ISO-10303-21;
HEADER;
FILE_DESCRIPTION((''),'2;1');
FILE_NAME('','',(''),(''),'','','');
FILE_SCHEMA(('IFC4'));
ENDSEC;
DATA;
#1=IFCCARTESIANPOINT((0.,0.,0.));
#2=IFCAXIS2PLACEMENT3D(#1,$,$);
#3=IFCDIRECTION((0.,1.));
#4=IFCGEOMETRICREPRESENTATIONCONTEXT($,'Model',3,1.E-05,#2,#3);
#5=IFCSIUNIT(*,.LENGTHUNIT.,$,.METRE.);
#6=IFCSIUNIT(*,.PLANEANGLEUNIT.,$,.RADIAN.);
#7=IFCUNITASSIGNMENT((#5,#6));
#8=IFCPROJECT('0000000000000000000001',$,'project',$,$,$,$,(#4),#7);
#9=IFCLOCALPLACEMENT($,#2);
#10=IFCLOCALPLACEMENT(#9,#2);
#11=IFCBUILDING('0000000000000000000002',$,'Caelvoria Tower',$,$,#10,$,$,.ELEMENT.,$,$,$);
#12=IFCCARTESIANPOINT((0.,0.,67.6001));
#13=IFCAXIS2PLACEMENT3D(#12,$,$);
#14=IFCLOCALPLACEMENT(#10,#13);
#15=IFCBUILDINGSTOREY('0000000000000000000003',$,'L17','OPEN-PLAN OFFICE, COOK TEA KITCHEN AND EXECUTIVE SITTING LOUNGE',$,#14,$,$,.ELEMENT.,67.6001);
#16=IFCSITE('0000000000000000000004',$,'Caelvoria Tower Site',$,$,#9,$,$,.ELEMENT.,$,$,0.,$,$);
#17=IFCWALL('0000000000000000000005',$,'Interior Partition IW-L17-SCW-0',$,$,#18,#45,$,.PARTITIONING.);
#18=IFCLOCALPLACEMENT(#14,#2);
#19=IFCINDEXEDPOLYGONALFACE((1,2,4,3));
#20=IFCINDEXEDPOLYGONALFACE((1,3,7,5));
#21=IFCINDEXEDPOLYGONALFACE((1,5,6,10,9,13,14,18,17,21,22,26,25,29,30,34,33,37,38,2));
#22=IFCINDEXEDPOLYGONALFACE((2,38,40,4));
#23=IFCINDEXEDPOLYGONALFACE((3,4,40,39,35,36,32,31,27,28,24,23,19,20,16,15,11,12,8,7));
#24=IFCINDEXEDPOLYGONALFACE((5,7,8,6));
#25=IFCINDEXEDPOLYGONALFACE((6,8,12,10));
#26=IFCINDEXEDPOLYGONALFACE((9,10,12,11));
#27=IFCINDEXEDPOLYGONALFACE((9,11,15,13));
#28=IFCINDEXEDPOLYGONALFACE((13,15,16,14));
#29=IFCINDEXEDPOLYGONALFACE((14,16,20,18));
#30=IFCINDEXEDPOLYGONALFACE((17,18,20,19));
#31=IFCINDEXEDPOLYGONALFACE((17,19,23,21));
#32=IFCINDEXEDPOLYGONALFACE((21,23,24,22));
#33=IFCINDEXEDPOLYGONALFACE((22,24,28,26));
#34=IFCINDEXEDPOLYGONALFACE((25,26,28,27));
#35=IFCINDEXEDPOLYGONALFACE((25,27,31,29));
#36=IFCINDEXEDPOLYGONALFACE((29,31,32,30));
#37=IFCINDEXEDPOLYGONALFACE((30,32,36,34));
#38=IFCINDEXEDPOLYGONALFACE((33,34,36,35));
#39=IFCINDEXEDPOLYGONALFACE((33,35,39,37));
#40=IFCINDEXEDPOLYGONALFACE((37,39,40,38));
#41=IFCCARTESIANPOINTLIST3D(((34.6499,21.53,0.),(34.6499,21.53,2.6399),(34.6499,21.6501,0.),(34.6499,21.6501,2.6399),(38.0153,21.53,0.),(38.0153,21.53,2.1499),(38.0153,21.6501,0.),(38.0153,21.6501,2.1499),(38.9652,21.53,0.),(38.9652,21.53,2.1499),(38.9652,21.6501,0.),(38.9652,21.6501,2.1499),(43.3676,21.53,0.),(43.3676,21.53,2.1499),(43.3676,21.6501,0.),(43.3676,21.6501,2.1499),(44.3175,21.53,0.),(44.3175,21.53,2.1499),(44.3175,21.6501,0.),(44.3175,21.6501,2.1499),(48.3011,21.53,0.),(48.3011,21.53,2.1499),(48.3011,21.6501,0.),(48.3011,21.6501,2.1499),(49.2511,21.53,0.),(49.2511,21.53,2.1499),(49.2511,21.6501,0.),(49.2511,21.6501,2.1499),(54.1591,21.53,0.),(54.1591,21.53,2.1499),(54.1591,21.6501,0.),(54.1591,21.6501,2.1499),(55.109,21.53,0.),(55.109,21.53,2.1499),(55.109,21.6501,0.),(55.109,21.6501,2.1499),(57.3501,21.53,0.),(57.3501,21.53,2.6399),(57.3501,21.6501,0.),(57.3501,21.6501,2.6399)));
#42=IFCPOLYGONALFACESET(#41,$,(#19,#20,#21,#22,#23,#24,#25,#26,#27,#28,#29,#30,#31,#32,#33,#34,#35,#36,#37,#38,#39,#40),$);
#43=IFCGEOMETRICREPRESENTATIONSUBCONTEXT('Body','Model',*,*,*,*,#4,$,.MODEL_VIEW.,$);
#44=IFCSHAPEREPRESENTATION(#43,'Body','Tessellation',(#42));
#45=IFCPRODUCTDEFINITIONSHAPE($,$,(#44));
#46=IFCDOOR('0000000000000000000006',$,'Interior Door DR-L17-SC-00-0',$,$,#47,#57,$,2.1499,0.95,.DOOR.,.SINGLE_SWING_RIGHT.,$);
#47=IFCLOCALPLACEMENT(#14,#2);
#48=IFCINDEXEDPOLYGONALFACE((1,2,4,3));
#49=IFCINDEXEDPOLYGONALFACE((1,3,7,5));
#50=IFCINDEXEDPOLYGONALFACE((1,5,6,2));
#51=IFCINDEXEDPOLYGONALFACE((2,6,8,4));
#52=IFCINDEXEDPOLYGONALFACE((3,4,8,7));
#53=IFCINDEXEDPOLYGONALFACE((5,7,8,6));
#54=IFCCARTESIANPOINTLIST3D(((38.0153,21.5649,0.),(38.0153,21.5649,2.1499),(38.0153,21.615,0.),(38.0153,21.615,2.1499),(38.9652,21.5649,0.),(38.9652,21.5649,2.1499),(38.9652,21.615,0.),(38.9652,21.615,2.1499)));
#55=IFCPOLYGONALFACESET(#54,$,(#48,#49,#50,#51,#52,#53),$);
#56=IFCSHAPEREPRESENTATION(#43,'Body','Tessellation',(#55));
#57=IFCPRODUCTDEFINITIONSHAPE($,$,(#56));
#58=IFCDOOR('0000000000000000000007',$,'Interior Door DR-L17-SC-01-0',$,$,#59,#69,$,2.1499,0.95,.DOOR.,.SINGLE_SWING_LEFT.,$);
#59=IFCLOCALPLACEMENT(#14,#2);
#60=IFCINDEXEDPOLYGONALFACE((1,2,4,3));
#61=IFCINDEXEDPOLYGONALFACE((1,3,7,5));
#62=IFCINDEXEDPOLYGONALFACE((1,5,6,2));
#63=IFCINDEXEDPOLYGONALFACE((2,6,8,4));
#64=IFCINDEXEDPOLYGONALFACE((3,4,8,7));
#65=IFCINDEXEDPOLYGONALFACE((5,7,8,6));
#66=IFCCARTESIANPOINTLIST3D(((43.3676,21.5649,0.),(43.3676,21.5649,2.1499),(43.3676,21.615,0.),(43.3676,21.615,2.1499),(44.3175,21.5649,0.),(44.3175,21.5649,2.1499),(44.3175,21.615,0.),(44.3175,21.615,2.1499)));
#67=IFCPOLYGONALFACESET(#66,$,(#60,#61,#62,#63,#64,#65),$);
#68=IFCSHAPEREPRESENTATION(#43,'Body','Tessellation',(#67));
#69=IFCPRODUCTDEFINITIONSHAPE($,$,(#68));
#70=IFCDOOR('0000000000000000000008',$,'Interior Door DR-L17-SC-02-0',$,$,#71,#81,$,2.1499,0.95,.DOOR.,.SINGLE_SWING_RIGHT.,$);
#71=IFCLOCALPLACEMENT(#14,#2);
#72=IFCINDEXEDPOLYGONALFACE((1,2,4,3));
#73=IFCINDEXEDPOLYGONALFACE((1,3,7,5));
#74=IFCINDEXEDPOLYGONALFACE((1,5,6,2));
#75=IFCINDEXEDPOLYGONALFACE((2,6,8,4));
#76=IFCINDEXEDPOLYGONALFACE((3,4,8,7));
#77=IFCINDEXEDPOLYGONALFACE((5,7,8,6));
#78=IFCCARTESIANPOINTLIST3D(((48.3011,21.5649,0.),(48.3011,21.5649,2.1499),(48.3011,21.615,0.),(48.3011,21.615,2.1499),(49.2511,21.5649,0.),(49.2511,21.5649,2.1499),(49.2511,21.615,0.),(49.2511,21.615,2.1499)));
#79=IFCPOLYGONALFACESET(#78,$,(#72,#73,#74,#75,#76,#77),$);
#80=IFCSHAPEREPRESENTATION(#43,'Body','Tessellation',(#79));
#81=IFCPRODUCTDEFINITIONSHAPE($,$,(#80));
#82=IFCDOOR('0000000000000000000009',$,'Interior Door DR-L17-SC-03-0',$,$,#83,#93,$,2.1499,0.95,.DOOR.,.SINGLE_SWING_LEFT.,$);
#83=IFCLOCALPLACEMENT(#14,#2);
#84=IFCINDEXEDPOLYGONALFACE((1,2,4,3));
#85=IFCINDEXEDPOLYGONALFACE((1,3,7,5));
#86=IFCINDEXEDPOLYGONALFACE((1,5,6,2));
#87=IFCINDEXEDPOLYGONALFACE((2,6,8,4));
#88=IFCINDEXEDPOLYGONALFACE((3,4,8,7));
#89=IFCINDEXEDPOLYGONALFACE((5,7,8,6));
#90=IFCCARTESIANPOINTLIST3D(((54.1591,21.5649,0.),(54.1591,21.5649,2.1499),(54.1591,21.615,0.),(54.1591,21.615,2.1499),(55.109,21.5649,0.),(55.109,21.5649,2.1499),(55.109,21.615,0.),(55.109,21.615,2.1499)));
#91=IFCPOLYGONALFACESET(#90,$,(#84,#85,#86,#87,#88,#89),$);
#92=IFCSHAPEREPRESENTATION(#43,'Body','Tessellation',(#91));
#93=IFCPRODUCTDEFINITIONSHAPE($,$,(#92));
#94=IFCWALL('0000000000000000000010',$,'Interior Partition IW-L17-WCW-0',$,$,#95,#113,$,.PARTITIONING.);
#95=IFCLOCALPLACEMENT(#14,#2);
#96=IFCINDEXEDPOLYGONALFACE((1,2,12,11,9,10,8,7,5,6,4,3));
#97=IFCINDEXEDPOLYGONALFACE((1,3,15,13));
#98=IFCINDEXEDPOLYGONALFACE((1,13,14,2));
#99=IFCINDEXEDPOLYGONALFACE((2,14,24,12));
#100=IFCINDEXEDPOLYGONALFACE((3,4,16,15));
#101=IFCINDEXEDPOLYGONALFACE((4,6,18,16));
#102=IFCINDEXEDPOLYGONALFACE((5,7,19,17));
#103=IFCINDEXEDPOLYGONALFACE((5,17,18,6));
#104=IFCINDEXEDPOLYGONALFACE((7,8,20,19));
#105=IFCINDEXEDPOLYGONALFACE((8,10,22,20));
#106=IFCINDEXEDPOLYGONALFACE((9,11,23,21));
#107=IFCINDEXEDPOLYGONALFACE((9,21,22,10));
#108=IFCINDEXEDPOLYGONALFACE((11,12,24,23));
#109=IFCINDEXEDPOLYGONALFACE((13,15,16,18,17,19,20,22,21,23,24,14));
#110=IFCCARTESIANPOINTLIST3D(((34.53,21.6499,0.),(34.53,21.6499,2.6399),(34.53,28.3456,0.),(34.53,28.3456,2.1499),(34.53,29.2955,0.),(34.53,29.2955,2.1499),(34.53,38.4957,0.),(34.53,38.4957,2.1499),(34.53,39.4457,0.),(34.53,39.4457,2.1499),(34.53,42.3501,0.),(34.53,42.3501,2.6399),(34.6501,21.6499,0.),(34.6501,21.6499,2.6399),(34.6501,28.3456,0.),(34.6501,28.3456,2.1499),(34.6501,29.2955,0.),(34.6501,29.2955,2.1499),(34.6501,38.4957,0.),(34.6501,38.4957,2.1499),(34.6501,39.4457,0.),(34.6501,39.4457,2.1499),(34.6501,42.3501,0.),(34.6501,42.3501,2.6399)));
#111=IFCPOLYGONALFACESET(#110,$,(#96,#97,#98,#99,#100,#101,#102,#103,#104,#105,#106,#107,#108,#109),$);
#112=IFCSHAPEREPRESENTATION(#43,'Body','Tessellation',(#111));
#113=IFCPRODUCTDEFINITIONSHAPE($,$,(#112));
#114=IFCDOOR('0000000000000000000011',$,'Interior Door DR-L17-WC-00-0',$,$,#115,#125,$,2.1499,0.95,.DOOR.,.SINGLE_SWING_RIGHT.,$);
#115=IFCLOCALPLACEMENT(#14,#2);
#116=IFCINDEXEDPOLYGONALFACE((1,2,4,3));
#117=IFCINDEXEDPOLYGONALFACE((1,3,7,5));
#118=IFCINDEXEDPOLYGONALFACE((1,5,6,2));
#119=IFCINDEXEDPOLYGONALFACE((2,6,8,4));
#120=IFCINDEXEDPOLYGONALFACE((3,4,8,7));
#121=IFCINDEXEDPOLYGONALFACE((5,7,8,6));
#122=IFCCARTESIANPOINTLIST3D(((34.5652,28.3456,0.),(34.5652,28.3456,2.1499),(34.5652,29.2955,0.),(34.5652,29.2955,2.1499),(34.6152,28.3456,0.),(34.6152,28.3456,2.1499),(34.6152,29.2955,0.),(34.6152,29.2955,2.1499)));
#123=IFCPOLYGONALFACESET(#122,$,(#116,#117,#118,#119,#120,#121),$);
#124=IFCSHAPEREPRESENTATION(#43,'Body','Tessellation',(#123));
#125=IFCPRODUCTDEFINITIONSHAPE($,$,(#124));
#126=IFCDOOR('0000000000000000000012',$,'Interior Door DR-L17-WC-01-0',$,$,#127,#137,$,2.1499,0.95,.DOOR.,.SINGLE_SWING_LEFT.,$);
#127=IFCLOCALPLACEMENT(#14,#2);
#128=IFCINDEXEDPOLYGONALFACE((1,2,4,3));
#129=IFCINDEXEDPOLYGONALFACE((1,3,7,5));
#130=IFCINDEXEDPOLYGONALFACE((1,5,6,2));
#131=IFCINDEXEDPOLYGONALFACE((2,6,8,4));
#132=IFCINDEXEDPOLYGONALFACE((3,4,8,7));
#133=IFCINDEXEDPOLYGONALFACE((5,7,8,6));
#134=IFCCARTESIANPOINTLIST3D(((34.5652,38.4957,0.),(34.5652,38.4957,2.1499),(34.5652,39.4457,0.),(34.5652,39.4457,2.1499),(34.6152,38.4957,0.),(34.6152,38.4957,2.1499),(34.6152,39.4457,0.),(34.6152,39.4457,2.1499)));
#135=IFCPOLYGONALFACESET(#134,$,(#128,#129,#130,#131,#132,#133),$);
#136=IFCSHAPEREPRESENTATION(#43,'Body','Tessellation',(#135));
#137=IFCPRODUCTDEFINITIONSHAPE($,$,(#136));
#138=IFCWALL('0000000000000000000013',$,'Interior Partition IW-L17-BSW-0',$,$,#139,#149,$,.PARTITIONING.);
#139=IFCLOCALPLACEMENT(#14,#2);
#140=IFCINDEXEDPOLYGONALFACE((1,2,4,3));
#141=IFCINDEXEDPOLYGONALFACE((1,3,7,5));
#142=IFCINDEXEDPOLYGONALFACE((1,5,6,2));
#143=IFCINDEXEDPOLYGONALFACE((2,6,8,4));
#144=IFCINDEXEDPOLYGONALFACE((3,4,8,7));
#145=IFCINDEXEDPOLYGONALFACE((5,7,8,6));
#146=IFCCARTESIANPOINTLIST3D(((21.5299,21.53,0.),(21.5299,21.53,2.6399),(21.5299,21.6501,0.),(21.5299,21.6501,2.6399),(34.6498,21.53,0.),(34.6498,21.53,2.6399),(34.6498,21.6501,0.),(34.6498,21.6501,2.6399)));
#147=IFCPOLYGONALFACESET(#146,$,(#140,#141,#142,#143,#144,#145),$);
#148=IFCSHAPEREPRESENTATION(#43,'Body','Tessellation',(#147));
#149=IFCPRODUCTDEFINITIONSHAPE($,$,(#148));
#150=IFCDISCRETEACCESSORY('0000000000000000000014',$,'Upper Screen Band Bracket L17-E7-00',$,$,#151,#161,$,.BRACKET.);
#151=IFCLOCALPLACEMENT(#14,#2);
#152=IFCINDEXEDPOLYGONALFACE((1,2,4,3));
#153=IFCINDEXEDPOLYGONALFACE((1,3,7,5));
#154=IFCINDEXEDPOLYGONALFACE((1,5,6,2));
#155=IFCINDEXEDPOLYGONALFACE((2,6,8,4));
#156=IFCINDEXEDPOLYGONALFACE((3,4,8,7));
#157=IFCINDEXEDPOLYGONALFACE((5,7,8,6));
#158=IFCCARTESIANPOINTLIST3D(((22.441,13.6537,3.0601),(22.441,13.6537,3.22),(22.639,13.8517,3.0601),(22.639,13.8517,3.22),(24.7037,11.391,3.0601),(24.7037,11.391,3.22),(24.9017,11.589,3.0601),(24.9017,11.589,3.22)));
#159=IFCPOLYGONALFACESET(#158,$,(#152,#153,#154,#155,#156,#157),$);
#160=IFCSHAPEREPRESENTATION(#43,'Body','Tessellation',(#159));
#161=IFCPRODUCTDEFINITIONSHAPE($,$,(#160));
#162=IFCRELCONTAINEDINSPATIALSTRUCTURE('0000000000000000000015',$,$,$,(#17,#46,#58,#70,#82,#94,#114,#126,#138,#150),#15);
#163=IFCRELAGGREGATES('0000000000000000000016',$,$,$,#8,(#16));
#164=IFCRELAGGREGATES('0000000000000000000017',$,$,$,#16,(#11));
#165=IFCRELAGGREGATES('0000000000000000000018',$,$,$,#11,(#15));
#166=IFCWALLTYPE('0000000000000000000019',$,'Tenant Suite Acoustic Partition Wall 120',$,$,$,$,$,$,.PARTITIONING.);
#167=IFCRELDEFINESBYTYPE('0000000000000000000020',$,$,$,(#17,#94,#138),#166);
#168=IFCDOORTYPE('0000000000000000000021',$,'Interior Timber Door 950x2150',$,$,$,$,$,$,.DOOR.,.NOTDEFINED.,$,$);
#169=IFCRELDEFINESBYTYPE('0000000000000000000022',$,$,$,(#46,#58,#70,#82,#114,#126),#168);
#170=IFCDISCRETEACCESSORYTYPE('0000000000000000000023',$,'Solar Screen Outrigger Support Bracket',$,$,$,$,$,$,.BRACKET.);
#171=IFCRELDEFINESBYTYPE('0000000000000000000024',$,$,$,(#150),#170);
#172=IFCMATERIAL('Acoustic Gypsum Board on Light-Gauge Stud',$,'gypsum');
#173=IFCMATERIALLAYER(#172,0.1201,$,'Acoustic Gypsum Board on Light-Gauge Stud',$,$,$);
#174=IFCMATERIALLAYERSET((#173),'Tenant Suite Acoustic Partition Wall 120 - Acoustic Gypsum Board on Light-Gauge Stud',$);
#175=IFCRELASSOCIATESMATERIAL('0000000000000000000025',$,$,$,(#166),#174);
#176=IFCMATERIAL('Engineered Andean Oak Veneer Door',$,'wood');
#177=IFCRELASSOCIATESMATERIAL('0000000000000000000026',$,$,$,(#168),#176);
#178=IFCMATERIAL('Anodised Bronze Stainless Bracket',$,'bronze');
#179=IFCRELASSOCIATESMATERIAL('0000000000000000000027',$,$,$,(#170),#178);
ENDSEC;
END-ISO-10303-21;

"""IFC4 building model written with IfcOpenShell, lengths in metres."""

from ifc_helpers import new_model, si_unit, direction, frame, frame_2d, origin, origin_2d, place, context, subcontext, project, spatial, rectangle, extrude, material, layer, layer_set, type_object, element, fill, save


model = new_model("IFC4")

# Units and contexts
model_context = context("Model", 3, precision=1e-05, world=origin(), true_north=direction((0.0, 1.0)))
body_context = subcontext(model_context, "Body", "Model", "MODEL_VIEW")
ifc_project = project(units=[si_unit("LENGTHUNIT", "METRE"), si_unit("PLANEANGLEUNIT", "RADIAN")], contexts=[model_context])

# Site, building, storey
site_placement = place(None, origin())
site = spatial("IfcSite", under=ifc_project, at=site_placement, Name="Caelvoria Tower Site", CompositionType="ELEMENT", RefElevation=0.0)
building_placement = place(site_placement, origin())
building = spatial("IfcBuilding", under=site, at=building_placement, Name="Caelvoria Tower", CompositionType="ELEMENT")
storey_placement = place(building_placement, frame((0.0, 0.0, 67.6001)))
storey = spatial("IfcBuildingStorey", under=building, at=storey_placement, Name="L17", Description="OPEN-PLAN OFFICE, COOK TEA KITCHEN AND EXECUTIVE SITTING LOUNGE", CompositionType="ELEMENT", Elevation=67.6001)

# Shared definitions
ifc_material_1 = material(Name="Acoustic Gypsum Board on Light-Gauge Stud", Category="gypsum")
ifc_layer_1 = layer(ifc_material_1, 0.1201, Name="Acoustic Gypsum Board on Light-Gauge Stud")
ifc_layer_set_1 = layer_set([ifc_layer_1], Name="Tenant Suite Acoustic Partition Wall 120 - Acoustic Gypsum Board on Light-Gauge Stud")
wall_type_1 = type_object("IfcWallType", Name="Tenant Suite Acoustic Partition Wall 120", PredefinedType="PARTITIONING", material=ifc_layer_set_1)
ifc_material_2 = material(Name="Engineered Andean Oak Veneer Door", Category="wood")

# Walls, openings, doors
wall_1_placement = place(storey_placement, frame((34.6499, 21.5901, 0.0), z_axis=(0.0, 0.0, 1.0), x_axis=(1.0, 0.0, 0.0)))
wall_1 = element("IfcWall", 1, at=wall_1_placement, inside=storey, type_object=wall_type_1, Name="Interior Partition IW-L17-SCW-0", PredefinedType="PARTITIONING", context=body_context, shape_type="SweptSolid", body=[
    extrude(rectangle(XDim=22.7002, YDim=0.1201, at=frame_2d((11.3501, 0.0))), origin(), (0.0, 0.0, 1.0), 2.6399),
])
opening_1_placement = place(wall_1_placement, frame((3.3652, 0.0, 0.0)))
opening_1 = element("IfcOpeningElement", 2, at=opening_1_placement, cuts=wall_1, PredefinedType="OPENING", context=body_context, shape_type="SweptSolid", body=[
    extrude(rectangle(XDim=0.95, YDim=2.1499, at=frame_2d((0.4751, 1.075))), frame((0.0, 0.0701, 0.0), z_axis=(0.0, -1.0, 0.0), x_axis=(1.0, 0.0, 0.0)), (0.0, 0.0, 1.0), 0.1401),
])
opening_2_placement = place(wall_1_placement, frame((8.7175, 0.0, 0.0)))
opening_2 = element("IfcOpeningElement", 3, at=opening_2_placement, cuts=wall_1, PredefinedType="OPENING", context=body_context, shape_type="SweptSolid", body=[
    extrude(rectangle(XDim=0.95, YDim=2.1499, at=frame_2d((0.4751, 1.075))), frame((0.0, 0.0701, 0.0), z_axis=(0.0, -1.0, 0.0), x_axis=(1.0, 0.0, 0.0)), (0.0, 0.0, 1.0), 0.1401),
])
opening_3_placement = place(wall_1_placement, frame((13.6511, 0.0, 0.0)))
opening_3 = element("IfcOpeningElement", 4, at=opening_3_placement, cuts=wall_1, PredefinedType="OPENING", context=body_context, shape_type="SweptSolid", body=[
    extrude(rectangle(XDim=0.95, YDim=2.1499, at=frame_2d((0.4751, 1.075))), frame((0.0, 0.0701, 0.0), z_axis=(0.0, -1.0, 0.0), x_axis=(1.0, 0.0, 0.0)), (0.0, 0.0, 1.0), 0.1401),
])
opening_4_placement = place(wall_1_placement, frame((19.509, 0.0, 0.0)))
opening_4 = element("IfcOpeningElement", 5, at=opening_4_placement, cuts=wall_1, PredefinedType="OPENING", context=body_context, shape_type="SweptSolid", body=[
    extrude(rectangle(XDim=0.95, YDim=2.1499, at=frame_2d((0.4751, 1.075))), frame((0.0, 0.0701, 0.0), z_axis=(0.0, -1.0, 0.0), x_axis=(1.0, 0.0, 0.0)), (0.0, 0.0, 1.0), 0.1401),
])
door_type_1 = type_object("IfcDoorType", Name="Interior Timber Door 950x2150", OperationType="NOTDEFINED", PredefinedType="DOOR", material=ifc_material_2)
door_1_placement = place(opening_1_placement, origin())
door_1 = element("IfcDoor", 6, at=door_1_placement, inside=storey, type_object=door_type_1, Name="Interior Door DR-L17-SC-00-0", OperationType="SINGLE_SWING_RIGHT", OverallHeight=2.1499, OverallWidth=0.95, PredefinedType="DOOR", context=body_context, shape_type="SweptSolid", body=[
    extrude(rectangle(XDim=0.95, YDim=2.1499, at=frame_2d((0.4751, 1.075))), frame((0.0, 0.0249, 0.0), z_axis=(0.0, -1.0, 0.0), x_axis=(1.0, 0.0, 0.0)), (0.0, 0.0, 1.0), 0.05),
])
fill(opening_1, door_1)
door_2_placement = place(opening_2_placement, origin())
door_2 = element("IfcDoor", 7, at=door_2_placement, inside=storey, type_object=door_type_1, Name="Interior Door DR-L17-SC-01-0", OperationType="SINGLE_SWING_LEFT", OverallHeight=2.1499, OverallWidth=0.95, PredefinedType="DOOR", context=body_context, shape_type="SweptSolid", body=[
    extrude(rectangle(XDim=0.95, YDim=2.1499, at=frame_2d((0.4751, 1.075))), frame((0.0, 0.0249, 0.0), z_axis=(0.0, -1.0, 0.0), x_axis=(1.0, 0.0, 0.0)), (0.0, 0.0, 1.0), 0.05),
])
fill(opening_2, door_2)
door_3_placement = place(opening_3_placement, origin())
door_3 = element("IfcDoor", 8, at=door_3_placement, inside=storey, type_object=door_type_1, Name="Interior Door DR-L17-SC-02-0", OperationType="SINGLE_SWING_RIGHT", OverallHeight=2.1499, OverallWidth=0.95, PredefinedType="DOOR", context=body_context, shape_type="SweptSolid", body=[
    extrude(rectangle(XDim=0.95, YDim=2.1499, at=frame_2d((0.4751, 1.075))), frame((0.0, 0.0249, 0.0), z_axis=(0.0, -1.0, 0.0), x_axis=(1.0, 0.0, 0.0)), (0.0, 0.0, 1.0), 0.05),
])
fill(opening_3, door_3)
door_4_placement = place(opening_4_placement, origin())
door_4 = element("IfcDoor", 9, at=door_4_placement, inside=storey, type_object=door_type_1, Name="Interior Door DR-L17-SC-03-0", OperationType="SINGLE_SWING_LEFT", OverallHeight=2.1499, OverallWidth=0.95, PredefinedType="DOOR", context=body_context, shape_type="SweptSolid", body=[
    extrude(rectangle(XDim=0.95, YDim=2.1499, at=frame_2d((0.4751, 1.075))), frame((0.0, 0.0249, 0.0), z_axis=(0.0, -1.0, 0.0), x_axis=(1.0, 0.0, 0.0)), (0.0, 0.0, 1.0), 0.05),
])
fill(opening_4, door_4)
wall_2_placement = place(storey_placement, frame((34.5901, 21.6499, 0.0), z_axis=(0.0, 0.0, 1.0), x_axis=(0.0, 1.0, 0.0)))
wall_2 = element("IfcWall", 10, at=wall_2_placement, inside=storey, type_object=wall_type_1, Name="Interior Partition IW-L17-WCW-0", PredefinedType="PARTITIONING", context=body_context, shape_type="SweptSolid", body=[
    extrude(rectangle(XDim=20.7002, YDim=0.1201, at=frame_2d((10.3501, 0.0))), origin(), (0.0, 0.0, 1.0), 2.6399),
])
opening_5_placement = place(wall_2_placement, frame((6.6956, 0.0, 0.0)))
opening_5 = element("IfcOpeningElement", 11, at=opening_5_placement, cuts=wall_2, PredefinedType="OPENING", context=body_context, shape_type="SweptSolid", body=[
    extrude(rectangle(XDim=0.95, YDim=2.1499, at=frame_2d((0.4751, 1.075))), frame((0.0, 0.0701, 0.0), z_axis=(0.0, -1.0, 0.0), x_axis=(1.0, 0.0, 0.0)), (0.0, 0.0, 1.0), 0.1401),
])
opening_6_placement = place(wall_2_placement, frame((16.8457, 0.0, 0.0)))
opening_6 = element("IfcOpeningElement", 12, at=opening_6_placement, cuts=wall_2, PredefinedType="OPENING", context=body_context, shape_type="SweptSolid", body=[
    extrude(rectangle(XDim=0.95, YDim=2.1499, at=frame_2d((0.4751, 1.075))), frame((0.0, 0.0701, 0.0), z_axis=(0.0, -1.0, 0.0), x_axis=(1.0, 0.0, 0.0)), (0.0, 0.0, 1.0), 0.1401),
])
door_5_placement = place(opening_5_placement, origin())
door_5 = element("IfcDoor", 13, at=door_5_placement, inside=storey, type_object=door_type_1, Name="Interior Door DR-L17-WC-00-0", OperationType="SINGLE_SWING_RIGHT", OverallHeight=2.1499, OverallWidth=0.95, PredefinedType="DOOR", context=body_context, shape_type="SweptSolid", body=[
    extrude(rectangle(XDim=0.95, YDim=2.1499, at=frame_2d((0.4751, 1.075))), frame((0.0, 0.0249, 0.0), z_axis=(0.0, -1.0, 0.0), x_axis=(1.0, 0.0, 0.0)), (0.0, 0.0, 1.0), 0.05),
])
fill(opening_5, door_5)
door_6_placement = place(opening_6_placement, origin())
door_6 = element("IfcDoor", 14, at=door_6_placement, inside=storey, type_object=door_type_1, Name="Interior Door DR-L17-WC-01-0", OperationType="SINGLE_SWING_LEFT", OverallHeight=2.1499, OverallWidth=0.95, PredefinedType="DOOR", context=body_context, shape_type="SweptSolid", body=[
    extrude(rectangle(XDim=0.95, YDim=2.1499, at=frame_2d((0.4751, 1.075))), frame((0.0, 0.0249, 0.0), z_axis=(0.0, -1.0, 0.0), x_axis=(1.0, 0.0, 0.0)), (0.0, 0.0, 1.0), 0.05),
])
fill(opening_6, door_6)

# Wall
wall_3_placement = place(storey_placement, frame((34.6499, 21.5901, 0.0), z_axis=(0.0, 0.0, 1.0), x_axis=(-1.0, 0.0, 0.0)))
element("IfcWall", 15, at=wall_3_placement, inside=storey, type_object=wall_type_1, Name="Interior Partition IW-L17-BSW-0", PredefinedType="PARTITIONING", context=body_context, shape_type="SweptSolid", body=[
    extrude(rectangle(XDim=13.1199, YDim=0.1201, at=frame_2d((6.5601, 0.0))), origin(), (0.0, 0.0, 1.0), 2.6399),
])

# Discrete accessory
ifc_material_3 = material(Name="Anodised Bronze Stainless Bracket", Category="bronze")
discrete_accessory_type = type_object("IfcDiscreteAccessoryType", Name="Solar Screen Outrigger Support Bracket", PredefinedType="BRACKET", material=ifc_material_3)
discrete_accessory_placement = place(storey_placement, frame((23.6714, 12.6213, 3.0601), z_axis=(0.0, 0.0, 1.0), x_axis=(0.707107, -0.707107, 0.0)))
element("IfcDiscreteAccessory", 16, at=discrete_accessory_placement, inside=storey, type_object=discrete_accessory_type, Name="Upper Screen Band Bracket L17-E7-00", PredefinedType="BRACKET", context=body_context, shape_type="SweptSolid", body=[
    extrude(rectangle(XDim=3.2, YDim=0.28, at=origin_2d()), origin(), (0.0, 0.0, 1.0), 0.1599),
])

save(model, "model.ifc")
